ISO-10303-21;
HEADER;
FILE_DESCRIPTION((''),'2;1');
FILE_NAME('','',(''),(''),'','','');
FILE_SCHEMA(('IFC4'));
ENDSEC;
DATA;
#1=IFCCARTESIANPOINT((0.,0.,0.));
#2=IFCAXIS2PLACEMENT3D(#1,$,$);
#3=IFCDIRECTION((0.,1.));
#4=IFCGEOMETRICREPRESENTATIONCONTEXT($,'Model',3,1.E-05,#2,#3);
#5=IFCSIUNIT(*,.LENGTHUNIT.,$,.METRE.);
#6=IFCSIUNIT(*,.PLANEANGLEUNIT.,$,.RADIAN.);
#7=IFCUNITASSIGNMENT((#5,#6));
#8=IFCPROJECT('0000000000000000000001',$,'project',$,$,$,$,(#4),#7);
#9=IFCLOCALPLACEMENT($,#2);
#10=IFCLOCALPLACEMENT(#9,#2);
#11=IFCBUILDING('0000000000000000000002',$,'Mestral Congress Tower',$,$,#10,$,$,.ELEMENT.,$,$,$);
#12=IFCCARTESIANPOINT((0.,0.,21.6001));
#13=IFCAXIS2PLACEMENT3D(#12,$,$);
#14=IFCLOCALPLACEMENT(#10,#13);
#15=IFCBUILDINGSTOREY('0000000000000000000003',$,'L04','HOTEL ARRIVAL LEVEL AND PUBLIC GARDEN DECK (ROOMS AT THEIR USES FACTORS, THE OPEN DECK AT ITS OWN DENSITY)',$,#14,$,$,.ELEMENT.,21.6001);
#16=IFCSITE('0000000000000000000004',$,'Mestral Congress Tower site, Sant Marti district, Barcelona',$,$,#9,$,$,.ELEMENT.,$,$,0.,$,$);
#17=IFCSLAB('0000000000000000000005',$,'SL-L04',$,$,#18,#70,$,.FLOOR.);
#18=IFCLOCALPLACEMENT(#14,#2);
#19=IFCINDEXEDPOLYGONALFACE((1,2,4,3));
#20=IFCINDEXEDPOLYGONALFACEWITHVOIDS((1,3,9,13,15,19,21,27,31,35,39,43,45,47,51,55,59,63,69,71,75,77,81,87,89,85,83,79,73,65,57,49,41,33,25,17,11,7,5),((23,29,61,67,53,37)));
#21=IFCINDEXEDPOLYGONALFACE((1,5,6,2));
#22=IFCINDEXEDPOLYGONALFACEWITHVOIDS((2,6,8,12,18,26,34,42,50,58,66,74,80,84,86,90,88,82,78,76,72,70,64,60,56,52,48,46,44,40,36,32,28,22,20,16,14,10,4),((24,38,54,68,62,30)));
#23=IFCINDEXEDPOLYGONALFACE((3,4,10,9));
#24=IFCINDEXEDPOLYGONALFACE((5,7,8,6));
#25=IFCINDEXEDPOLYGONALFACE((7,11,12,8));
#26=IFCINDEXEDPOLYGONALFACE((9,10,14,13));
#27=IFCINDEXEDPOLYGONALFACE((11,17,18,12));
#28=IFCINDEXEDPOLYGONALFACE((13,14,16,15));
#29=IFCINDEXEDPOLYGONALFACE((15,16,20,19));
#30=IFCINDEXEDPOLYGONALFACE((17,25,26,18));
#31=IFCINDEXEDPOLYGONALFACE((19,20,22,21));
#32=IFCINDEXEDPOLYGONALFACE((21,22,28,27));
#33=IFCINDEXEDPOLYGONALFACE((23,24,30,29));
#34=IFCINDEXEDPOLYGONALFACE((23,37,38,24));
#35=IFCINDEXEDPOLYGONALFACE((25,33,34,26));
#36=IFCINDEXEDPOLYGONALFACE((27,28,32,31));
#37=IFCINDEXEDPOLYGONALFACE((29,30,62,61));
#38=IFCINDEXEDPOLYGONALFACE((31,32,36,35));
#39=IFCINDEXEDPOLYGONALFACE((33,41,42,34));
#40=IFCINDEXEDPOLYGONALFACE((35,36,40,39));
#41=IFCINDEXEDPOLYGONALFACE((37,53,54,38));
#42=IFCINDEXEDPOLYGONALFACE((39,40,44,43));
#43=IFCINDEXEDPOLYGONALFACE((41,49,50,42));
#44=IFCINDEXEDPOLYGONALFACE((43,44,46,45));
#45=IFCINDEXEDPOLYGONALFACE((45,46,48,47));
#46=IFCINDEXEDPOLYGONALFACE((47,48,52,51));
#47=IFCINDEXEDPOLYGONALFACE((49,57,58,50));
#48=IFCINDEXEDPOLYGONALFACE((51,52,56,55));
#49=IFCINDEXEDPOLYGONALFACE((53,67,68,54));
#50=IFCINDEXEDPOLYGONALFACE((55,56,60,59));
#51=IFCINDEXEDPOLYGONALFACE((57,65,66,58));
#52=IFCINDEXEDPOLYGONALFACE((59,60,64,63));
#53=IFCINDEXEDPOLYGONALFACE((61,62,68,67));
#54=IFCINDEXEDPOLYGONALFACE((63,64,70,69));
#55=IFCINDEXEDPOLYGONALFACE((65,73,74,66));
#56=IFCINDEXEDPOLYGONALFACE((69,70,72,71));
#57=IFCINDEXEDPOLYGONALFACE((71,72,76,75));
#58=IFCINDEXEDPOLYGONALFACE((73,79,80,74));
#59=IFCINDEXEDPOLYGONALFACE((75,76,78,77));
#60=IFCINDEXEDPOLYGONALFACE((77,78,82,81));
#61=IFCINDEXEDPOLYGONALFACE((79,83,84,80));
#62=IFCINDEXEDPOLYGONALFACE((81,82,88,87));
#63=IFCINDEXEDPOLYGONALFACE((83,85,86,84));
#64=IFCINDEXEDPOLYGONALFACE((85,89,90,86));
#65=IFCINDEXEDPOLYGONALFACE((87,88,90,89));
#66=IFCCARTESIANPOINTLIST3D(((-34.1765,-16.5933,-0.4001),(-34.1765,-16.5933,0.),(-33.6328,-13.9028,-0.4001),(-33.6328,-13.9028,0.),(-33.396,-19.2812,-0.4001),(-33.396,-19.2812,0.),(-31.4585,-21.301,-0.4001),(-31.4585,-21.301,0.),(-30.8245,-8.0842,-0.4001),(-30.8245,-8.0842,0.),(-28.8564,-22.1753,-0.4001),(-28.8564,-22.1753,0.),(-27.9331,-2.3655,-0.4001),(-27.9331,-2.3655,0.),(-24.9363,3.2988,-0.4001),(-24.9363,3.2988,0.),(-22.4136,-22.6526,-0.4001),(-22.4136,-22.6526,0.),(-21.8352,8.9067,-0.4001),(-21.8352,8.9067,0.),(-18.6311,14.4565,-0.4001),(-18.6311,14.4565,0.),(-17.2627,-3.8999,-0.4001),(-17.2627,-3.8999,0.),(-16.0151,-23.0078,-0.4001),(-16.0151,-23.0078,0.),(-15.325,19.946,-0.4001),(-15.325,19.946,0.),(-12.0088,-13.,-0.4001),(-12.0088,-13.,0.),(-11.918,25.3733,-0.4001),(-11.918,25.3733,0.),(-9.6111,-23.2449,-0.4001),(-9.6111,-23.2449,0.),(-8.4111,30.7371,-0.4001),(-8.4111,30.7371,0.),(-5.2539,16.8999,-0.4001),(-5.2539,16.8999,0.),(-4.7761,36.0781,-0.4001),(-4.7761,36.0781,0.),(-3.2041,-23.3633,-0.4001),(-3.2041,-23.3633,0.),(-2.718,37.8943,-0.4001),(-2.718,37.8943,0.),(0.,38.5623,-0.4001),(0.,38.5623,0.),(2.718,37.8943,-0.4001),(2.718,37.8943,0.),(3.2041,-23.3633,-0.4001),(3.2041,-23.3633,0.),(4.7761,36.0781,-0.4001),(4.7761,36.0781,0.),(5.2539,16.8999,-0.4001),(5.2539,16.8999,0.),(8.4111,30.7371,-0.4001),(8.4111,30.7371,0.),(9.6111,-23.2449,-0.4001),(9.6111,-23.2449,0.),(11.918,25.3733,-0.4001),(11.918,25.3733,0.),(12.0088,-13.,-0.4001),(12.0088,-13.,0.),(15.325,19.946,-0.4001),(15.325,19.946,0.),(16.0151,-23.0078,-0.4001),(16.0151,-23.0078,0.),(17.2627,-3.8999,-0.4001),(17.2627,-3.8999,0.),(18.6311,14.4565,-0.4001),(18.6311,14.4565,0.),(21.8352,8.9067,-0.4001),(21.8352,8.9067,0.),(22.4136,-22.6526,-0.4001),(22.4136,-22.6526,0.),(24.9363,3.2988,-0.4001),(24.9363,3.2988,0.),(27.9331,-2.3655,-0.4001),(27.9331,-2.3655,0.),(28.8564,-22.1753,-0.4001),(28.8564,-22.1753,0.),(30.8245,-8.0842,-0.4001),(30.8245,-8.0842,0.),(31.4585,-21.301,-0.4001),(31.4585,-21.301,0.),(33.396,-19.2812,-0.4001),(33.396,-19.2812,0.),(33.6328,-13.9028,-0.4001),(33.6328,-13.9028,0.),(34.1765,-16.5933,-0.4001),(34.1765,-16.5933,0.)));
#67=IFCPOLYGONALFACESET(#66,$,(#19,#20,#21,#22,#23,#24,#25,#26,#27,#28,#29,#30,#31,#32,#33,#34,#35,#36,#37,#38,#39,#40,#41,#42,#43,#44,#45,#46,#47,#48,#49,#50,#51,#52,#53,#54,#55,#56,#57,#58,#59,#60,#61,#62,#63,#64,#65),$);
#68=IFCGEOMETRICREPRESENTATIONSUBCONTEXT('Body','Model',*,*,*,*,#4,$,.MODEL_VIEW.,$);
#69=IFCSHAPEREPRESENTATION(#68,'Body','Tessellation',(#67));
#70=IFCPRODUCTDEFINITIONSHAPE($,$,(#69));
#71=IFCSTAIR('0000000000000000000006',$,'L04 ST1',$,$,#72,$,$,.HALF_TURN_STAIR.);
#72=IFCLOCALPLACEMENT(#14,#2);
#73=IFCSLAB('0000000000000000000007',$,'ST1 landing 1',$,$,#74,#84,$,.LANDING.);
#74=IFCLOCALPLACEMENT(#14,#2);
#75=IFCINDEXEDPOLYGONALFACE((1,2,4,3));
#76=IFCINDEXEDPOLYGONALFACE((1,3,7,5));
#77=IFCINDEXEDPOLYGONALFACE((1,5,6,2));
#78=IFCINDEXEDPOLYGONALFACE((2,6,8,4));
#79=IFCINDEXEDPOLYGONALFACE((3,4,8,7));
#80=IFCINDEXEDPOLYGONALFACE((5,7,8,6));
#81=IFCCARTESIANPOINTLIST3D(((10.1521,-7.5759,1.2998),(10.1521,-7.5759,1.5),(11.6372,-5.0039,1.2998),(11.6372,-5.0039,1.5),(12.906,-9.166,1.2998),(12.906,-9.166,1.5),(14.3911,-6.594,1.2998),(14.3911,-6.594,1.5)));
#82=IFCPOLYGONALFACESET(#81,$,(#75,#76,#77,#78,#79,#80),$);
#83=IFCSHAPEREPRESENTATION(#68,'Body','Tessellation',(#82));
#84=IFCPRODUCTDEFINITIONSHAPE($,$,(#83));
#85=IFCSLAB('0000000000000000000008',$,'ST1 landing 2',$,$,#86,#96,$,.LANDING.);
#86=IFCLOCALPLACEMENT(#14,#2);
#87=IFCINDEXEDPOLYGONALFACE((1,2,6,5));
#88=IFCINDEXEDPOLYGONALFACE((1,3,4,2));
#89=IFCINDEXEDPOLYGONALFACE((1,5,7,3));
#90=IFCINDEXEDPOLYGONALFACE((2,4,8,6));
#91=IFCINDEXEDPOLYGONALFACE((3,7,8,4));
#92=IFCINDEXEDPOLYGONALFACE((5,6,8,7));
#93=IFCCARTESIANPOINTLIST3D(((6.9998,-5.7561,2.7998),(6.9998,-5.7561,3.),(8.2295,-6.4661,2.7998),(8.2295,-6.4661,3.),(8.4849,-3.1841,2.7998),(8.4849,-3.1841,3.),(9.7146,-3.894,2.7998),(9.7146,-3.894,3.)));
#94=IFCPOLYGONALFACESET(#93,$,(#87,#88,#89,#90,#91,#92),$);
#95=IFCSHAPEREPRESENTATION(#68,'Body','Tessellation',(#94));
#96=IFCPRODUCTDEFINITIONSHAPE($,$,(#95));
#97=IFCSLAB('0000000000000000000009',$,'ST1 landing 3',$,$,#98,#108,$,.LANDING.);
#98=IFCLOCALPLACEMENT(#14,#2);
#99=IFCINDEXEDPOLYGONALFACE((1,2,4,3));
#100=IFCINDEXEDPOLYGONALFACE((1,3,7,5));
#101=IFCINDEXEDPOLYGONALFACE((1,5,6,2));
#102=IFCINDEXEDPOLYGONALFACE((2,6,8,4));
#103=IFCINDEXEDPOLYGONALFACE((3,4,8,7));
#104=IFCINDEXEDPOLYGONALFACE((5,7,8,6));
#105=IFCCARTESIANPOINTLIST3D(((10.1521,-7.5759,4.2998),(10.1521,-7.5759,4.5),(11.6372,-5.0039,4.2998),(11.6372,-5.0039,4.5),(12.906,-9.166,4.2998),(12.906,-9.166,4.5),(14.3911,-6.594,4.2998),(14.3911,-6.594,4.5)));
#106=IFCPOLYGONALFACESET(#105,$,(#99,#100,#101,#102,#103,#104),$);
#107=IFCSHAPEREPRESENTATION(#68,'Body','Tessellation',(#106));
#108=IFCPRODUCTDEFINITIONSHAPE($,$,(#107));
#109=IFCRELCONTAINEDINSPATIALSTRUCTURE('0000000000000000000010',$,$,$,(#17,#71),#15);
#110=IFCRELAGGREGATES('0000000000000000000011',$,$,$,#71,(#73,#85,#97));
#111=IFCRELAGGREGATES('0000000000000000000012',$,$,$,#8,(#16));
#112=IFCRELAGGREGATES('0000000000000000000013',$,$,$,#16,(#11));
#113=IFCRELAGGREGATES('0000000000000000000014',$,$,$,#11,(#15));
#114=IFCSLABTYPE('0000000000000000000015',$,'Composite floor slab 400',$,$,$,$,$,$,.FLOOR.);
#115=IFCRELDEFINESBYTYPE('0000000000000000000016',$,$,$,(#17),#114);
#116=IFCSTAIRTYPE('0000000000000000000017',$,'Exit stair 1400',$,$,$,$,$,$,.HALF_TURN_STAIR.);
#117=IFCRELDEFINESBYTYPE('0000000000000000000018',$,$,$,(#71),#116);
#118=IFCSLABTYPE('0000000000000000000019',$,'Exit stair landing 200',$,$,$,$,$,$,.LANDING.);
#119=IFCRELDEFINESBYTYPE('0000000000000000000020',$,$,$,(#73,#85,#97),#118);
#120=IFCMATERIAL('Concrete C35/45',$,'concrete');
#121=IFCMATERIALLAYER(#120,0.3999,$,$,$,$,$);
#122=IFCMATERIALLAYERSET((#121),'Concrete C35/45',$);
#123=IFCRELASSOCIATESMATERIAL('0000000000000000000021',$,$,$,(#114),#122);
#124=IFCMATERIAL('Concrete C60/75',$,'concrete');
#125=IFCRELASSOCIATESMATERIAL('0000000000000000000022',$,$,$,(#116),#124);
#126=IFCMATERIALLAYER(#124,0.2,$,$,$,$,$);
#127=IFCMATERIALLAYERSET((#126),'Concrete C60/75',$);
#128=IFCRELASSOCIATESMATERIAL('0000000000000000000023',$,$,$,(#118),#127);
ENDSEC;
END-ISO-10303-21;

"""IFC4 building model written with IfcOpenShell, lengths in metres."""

from ifc_helpers import new_model, si_unit, direction, frame, origin, place, context, subcontext, project, spatial, polyline, outline, extrude, material, layer, layer_set, type_object, element, aggregate, save


model = new_model("IFC4")

# Units and contexts
model_context = context("Model", 3, precision=1e-05, world=origin(), true_north=direction((0.0, 1.0)))
body_context = subcontext(model_context, "Body", "Model", "MODEL_VIEW")
ifc_project = project(units=[si_unit("LENGTHUNIT", "METRE"), si_unit("PLANEANGLEUNIT", "RADIAN")], contexts=[model_context])

# Site, building, storey
site_placement = place(None, origin())
site = spatial("IfcSite", under=ifc_project, at=site_placement, Name="Mestral Congress Tower site, Sant Marti district, Barcelona", CompositionType="ELEMENT", RefElevation=0.0)
building_placement = place(site_placement, origin())
building = spatial("IfcBuilding", under=site, at=building_placement, Name="Mestral Congress Tower", CompositionType="ELEMENT")
storey_placement = place(building_placement, frame((0.0, 0.0, 21.6001)))
storey = spatial("IfcBuildingStorey", under=building, at=storey_placement, Name="L04", Description="HOTEL ARRIVAL LEVEL AND PUBLIC GARDEN DECK (ROOMS AT THEIR USES FACTORS, THE OPEN DECK AT ITS OWN DENSITY)", CompositionType="ELEMENT", Elevation=21.6001)

# Slab
ifc_material_1 = material(Name="Concrete C35/45", Category="concrete")
ifc_layer_1 = layer(ifc_material_1, 0.3999)
ifc_layer_set_1 = layer_set([ifc_layer_1], Name="Concrete C35/45")
slab_type_1 = type_object("IfcSlabType", Name="Composite floor slab 400", PredefinedType="FLOOR", material=ifc_layer_set_1)
slab_1_placement = place(storey_placement, frame((0.0, 0.0, -0.4001)))
element("IfcSlab", 1, at=slab_1_placement, inside=storey, type_object=slab_type_1, Name="SL-L04", PredefinedType="FLOOR", context=body_context, shape_type="SweptSolid", body=[
    extrude(outline(polyline([(-28.8564, -22.1753), (-31.4585, -21.301), (-33.396, -19.2812), (-34.1765, -16.5933), (-33.6328, -13.9028), (-30.8245, -8.0842), (-27.9331, -2.3655), (-24.9363, 3.2988), (-21.8352, 8.9067), (-18.6311, 14.4565), (-15.325, 19.946), (-11.918, 25.3733), (-8.4111, 30.7371), (-4.7761, 36.0781), (-2.718, 37.8943), (0.0, 38.5623), (2.718, 37.8943), (4.7761, 36.0781), (8.4111, 30.7371), (11.918, 25.3733), (15.325, 19.946), (18.6311, 14.4565), (21.8352, 8.9067), (24.9363, 3.2988), (27.9331, -2.3655), (30.8245, -8.0842), (33.6328, -13.9028), (34.1765, -16.5933), (33.396, -19.2812), (31.4585, -21.301), (28.8564, -22.1753), (22.4136, -22.6526), (16.0151, -23.0078), (9.6111, -23.2449), (3.2041, -23.3633), (-3.2041, -23.3633), (-9.6111, -23.2449), (-16.0151, -23.0078), (-22.4136, -22.6526), (-28.8564, -22.1753)]), holes=[polyline([(-5.2539, 16.8999), (-17.2627, -3.8999), (-12.0088, -13.0), (12.0088, -13.0), (17.2627, -3.8999), (5.2539, 16.8999), (-5.2539, 16.8999)])]), origin(), (0.0, 0.0, 1.0), 0.4001),
])

# Stair, slabs
ifc_material_2 = material(Name="Concrete C60/75", Category="concrete")
stair_type = type_object("IfcStairType", Name="Exit stair 1400", PredefinedType="HALF_TURN_STAIR", material=ifc_material_2)
stair_placement = place(storey_placement, origin())
stair = element("IfcStair", 2, at=stair_placement, inside=storey, type_object=stair_type, Name="L04 ST1", PredefinedType="HALF_TURN_STAIR")
ifc_layer_2 = layer(ifc_material_2, 0.2)
ifc_layer_set_2 = layer_set([ifc_layer_2], Name="Concrete C60/75")
slab_type_2 = type_object("IfcSlabType", Name="Exit stair landing 200", PredefinedType="LANDING", material=ifc_layer_set_2)
slab_2_placement = place(storey_placement, frame((0.0, 0.0, 1.2998)))
slab_2 = element("IfcSlab", 3, at=slab_2_placement, type_object=slab_type_2, Name="ST1 landing 1", PredefinedType="LANDING", context=body_context, shape_type="SweptSolid", body=[
    extrude(outline(polyline([(10.1521, -7.5759), (11.6372, -5.0039), (14.3911, -6.594), (12.906, -9.166), (10.1521, -7.5759)])), origin(), (0.0, 0.0, 1.0), 0.2002),
])
slab_3_placement = place(storey_placement, frame((0.0, 0.0, 2.7998)))
slab_3 = element("IfcSlab", 4, at=slab_3_placement, type_object=slab_type_2, Name="ST1 landing 2", PredefinedType="LANDING", context=body_context, shape_type="SweptSolid", body=[
    extrude(outline(polyline([(6.9998, -5.7561), (8.4849, -3.1841), (9.7146, -3.894), (8.2295, -6.4661), (6.9998, -5.7561)])), origin(), (0.0, 0.0, 1.0), 0.2002),
])
slab_4_placement = place(storey_placement, frame((0.0, 0.0, 4.2998)))
slab_4 = element("IfcSlab", 5, at=slab_4_placement, type_object=slab_type_2, Name="ST1 landing 3", PredefinedType="LANDING", context=body_context, shape_type="SweptSolid", body=[
    extrude(outline(polyline([(10.1521, -7.5759), (11.6372, -5.0039), (14.3911, -6.594), (12.906, -9.166), (10.1521, -7.5759)])), origin(), (0.0, 0.0, 1.0), 0.2002),
])
aggregate(stair, [slab_2, slab_3, slab_4])

save(model, "model.ifc")
